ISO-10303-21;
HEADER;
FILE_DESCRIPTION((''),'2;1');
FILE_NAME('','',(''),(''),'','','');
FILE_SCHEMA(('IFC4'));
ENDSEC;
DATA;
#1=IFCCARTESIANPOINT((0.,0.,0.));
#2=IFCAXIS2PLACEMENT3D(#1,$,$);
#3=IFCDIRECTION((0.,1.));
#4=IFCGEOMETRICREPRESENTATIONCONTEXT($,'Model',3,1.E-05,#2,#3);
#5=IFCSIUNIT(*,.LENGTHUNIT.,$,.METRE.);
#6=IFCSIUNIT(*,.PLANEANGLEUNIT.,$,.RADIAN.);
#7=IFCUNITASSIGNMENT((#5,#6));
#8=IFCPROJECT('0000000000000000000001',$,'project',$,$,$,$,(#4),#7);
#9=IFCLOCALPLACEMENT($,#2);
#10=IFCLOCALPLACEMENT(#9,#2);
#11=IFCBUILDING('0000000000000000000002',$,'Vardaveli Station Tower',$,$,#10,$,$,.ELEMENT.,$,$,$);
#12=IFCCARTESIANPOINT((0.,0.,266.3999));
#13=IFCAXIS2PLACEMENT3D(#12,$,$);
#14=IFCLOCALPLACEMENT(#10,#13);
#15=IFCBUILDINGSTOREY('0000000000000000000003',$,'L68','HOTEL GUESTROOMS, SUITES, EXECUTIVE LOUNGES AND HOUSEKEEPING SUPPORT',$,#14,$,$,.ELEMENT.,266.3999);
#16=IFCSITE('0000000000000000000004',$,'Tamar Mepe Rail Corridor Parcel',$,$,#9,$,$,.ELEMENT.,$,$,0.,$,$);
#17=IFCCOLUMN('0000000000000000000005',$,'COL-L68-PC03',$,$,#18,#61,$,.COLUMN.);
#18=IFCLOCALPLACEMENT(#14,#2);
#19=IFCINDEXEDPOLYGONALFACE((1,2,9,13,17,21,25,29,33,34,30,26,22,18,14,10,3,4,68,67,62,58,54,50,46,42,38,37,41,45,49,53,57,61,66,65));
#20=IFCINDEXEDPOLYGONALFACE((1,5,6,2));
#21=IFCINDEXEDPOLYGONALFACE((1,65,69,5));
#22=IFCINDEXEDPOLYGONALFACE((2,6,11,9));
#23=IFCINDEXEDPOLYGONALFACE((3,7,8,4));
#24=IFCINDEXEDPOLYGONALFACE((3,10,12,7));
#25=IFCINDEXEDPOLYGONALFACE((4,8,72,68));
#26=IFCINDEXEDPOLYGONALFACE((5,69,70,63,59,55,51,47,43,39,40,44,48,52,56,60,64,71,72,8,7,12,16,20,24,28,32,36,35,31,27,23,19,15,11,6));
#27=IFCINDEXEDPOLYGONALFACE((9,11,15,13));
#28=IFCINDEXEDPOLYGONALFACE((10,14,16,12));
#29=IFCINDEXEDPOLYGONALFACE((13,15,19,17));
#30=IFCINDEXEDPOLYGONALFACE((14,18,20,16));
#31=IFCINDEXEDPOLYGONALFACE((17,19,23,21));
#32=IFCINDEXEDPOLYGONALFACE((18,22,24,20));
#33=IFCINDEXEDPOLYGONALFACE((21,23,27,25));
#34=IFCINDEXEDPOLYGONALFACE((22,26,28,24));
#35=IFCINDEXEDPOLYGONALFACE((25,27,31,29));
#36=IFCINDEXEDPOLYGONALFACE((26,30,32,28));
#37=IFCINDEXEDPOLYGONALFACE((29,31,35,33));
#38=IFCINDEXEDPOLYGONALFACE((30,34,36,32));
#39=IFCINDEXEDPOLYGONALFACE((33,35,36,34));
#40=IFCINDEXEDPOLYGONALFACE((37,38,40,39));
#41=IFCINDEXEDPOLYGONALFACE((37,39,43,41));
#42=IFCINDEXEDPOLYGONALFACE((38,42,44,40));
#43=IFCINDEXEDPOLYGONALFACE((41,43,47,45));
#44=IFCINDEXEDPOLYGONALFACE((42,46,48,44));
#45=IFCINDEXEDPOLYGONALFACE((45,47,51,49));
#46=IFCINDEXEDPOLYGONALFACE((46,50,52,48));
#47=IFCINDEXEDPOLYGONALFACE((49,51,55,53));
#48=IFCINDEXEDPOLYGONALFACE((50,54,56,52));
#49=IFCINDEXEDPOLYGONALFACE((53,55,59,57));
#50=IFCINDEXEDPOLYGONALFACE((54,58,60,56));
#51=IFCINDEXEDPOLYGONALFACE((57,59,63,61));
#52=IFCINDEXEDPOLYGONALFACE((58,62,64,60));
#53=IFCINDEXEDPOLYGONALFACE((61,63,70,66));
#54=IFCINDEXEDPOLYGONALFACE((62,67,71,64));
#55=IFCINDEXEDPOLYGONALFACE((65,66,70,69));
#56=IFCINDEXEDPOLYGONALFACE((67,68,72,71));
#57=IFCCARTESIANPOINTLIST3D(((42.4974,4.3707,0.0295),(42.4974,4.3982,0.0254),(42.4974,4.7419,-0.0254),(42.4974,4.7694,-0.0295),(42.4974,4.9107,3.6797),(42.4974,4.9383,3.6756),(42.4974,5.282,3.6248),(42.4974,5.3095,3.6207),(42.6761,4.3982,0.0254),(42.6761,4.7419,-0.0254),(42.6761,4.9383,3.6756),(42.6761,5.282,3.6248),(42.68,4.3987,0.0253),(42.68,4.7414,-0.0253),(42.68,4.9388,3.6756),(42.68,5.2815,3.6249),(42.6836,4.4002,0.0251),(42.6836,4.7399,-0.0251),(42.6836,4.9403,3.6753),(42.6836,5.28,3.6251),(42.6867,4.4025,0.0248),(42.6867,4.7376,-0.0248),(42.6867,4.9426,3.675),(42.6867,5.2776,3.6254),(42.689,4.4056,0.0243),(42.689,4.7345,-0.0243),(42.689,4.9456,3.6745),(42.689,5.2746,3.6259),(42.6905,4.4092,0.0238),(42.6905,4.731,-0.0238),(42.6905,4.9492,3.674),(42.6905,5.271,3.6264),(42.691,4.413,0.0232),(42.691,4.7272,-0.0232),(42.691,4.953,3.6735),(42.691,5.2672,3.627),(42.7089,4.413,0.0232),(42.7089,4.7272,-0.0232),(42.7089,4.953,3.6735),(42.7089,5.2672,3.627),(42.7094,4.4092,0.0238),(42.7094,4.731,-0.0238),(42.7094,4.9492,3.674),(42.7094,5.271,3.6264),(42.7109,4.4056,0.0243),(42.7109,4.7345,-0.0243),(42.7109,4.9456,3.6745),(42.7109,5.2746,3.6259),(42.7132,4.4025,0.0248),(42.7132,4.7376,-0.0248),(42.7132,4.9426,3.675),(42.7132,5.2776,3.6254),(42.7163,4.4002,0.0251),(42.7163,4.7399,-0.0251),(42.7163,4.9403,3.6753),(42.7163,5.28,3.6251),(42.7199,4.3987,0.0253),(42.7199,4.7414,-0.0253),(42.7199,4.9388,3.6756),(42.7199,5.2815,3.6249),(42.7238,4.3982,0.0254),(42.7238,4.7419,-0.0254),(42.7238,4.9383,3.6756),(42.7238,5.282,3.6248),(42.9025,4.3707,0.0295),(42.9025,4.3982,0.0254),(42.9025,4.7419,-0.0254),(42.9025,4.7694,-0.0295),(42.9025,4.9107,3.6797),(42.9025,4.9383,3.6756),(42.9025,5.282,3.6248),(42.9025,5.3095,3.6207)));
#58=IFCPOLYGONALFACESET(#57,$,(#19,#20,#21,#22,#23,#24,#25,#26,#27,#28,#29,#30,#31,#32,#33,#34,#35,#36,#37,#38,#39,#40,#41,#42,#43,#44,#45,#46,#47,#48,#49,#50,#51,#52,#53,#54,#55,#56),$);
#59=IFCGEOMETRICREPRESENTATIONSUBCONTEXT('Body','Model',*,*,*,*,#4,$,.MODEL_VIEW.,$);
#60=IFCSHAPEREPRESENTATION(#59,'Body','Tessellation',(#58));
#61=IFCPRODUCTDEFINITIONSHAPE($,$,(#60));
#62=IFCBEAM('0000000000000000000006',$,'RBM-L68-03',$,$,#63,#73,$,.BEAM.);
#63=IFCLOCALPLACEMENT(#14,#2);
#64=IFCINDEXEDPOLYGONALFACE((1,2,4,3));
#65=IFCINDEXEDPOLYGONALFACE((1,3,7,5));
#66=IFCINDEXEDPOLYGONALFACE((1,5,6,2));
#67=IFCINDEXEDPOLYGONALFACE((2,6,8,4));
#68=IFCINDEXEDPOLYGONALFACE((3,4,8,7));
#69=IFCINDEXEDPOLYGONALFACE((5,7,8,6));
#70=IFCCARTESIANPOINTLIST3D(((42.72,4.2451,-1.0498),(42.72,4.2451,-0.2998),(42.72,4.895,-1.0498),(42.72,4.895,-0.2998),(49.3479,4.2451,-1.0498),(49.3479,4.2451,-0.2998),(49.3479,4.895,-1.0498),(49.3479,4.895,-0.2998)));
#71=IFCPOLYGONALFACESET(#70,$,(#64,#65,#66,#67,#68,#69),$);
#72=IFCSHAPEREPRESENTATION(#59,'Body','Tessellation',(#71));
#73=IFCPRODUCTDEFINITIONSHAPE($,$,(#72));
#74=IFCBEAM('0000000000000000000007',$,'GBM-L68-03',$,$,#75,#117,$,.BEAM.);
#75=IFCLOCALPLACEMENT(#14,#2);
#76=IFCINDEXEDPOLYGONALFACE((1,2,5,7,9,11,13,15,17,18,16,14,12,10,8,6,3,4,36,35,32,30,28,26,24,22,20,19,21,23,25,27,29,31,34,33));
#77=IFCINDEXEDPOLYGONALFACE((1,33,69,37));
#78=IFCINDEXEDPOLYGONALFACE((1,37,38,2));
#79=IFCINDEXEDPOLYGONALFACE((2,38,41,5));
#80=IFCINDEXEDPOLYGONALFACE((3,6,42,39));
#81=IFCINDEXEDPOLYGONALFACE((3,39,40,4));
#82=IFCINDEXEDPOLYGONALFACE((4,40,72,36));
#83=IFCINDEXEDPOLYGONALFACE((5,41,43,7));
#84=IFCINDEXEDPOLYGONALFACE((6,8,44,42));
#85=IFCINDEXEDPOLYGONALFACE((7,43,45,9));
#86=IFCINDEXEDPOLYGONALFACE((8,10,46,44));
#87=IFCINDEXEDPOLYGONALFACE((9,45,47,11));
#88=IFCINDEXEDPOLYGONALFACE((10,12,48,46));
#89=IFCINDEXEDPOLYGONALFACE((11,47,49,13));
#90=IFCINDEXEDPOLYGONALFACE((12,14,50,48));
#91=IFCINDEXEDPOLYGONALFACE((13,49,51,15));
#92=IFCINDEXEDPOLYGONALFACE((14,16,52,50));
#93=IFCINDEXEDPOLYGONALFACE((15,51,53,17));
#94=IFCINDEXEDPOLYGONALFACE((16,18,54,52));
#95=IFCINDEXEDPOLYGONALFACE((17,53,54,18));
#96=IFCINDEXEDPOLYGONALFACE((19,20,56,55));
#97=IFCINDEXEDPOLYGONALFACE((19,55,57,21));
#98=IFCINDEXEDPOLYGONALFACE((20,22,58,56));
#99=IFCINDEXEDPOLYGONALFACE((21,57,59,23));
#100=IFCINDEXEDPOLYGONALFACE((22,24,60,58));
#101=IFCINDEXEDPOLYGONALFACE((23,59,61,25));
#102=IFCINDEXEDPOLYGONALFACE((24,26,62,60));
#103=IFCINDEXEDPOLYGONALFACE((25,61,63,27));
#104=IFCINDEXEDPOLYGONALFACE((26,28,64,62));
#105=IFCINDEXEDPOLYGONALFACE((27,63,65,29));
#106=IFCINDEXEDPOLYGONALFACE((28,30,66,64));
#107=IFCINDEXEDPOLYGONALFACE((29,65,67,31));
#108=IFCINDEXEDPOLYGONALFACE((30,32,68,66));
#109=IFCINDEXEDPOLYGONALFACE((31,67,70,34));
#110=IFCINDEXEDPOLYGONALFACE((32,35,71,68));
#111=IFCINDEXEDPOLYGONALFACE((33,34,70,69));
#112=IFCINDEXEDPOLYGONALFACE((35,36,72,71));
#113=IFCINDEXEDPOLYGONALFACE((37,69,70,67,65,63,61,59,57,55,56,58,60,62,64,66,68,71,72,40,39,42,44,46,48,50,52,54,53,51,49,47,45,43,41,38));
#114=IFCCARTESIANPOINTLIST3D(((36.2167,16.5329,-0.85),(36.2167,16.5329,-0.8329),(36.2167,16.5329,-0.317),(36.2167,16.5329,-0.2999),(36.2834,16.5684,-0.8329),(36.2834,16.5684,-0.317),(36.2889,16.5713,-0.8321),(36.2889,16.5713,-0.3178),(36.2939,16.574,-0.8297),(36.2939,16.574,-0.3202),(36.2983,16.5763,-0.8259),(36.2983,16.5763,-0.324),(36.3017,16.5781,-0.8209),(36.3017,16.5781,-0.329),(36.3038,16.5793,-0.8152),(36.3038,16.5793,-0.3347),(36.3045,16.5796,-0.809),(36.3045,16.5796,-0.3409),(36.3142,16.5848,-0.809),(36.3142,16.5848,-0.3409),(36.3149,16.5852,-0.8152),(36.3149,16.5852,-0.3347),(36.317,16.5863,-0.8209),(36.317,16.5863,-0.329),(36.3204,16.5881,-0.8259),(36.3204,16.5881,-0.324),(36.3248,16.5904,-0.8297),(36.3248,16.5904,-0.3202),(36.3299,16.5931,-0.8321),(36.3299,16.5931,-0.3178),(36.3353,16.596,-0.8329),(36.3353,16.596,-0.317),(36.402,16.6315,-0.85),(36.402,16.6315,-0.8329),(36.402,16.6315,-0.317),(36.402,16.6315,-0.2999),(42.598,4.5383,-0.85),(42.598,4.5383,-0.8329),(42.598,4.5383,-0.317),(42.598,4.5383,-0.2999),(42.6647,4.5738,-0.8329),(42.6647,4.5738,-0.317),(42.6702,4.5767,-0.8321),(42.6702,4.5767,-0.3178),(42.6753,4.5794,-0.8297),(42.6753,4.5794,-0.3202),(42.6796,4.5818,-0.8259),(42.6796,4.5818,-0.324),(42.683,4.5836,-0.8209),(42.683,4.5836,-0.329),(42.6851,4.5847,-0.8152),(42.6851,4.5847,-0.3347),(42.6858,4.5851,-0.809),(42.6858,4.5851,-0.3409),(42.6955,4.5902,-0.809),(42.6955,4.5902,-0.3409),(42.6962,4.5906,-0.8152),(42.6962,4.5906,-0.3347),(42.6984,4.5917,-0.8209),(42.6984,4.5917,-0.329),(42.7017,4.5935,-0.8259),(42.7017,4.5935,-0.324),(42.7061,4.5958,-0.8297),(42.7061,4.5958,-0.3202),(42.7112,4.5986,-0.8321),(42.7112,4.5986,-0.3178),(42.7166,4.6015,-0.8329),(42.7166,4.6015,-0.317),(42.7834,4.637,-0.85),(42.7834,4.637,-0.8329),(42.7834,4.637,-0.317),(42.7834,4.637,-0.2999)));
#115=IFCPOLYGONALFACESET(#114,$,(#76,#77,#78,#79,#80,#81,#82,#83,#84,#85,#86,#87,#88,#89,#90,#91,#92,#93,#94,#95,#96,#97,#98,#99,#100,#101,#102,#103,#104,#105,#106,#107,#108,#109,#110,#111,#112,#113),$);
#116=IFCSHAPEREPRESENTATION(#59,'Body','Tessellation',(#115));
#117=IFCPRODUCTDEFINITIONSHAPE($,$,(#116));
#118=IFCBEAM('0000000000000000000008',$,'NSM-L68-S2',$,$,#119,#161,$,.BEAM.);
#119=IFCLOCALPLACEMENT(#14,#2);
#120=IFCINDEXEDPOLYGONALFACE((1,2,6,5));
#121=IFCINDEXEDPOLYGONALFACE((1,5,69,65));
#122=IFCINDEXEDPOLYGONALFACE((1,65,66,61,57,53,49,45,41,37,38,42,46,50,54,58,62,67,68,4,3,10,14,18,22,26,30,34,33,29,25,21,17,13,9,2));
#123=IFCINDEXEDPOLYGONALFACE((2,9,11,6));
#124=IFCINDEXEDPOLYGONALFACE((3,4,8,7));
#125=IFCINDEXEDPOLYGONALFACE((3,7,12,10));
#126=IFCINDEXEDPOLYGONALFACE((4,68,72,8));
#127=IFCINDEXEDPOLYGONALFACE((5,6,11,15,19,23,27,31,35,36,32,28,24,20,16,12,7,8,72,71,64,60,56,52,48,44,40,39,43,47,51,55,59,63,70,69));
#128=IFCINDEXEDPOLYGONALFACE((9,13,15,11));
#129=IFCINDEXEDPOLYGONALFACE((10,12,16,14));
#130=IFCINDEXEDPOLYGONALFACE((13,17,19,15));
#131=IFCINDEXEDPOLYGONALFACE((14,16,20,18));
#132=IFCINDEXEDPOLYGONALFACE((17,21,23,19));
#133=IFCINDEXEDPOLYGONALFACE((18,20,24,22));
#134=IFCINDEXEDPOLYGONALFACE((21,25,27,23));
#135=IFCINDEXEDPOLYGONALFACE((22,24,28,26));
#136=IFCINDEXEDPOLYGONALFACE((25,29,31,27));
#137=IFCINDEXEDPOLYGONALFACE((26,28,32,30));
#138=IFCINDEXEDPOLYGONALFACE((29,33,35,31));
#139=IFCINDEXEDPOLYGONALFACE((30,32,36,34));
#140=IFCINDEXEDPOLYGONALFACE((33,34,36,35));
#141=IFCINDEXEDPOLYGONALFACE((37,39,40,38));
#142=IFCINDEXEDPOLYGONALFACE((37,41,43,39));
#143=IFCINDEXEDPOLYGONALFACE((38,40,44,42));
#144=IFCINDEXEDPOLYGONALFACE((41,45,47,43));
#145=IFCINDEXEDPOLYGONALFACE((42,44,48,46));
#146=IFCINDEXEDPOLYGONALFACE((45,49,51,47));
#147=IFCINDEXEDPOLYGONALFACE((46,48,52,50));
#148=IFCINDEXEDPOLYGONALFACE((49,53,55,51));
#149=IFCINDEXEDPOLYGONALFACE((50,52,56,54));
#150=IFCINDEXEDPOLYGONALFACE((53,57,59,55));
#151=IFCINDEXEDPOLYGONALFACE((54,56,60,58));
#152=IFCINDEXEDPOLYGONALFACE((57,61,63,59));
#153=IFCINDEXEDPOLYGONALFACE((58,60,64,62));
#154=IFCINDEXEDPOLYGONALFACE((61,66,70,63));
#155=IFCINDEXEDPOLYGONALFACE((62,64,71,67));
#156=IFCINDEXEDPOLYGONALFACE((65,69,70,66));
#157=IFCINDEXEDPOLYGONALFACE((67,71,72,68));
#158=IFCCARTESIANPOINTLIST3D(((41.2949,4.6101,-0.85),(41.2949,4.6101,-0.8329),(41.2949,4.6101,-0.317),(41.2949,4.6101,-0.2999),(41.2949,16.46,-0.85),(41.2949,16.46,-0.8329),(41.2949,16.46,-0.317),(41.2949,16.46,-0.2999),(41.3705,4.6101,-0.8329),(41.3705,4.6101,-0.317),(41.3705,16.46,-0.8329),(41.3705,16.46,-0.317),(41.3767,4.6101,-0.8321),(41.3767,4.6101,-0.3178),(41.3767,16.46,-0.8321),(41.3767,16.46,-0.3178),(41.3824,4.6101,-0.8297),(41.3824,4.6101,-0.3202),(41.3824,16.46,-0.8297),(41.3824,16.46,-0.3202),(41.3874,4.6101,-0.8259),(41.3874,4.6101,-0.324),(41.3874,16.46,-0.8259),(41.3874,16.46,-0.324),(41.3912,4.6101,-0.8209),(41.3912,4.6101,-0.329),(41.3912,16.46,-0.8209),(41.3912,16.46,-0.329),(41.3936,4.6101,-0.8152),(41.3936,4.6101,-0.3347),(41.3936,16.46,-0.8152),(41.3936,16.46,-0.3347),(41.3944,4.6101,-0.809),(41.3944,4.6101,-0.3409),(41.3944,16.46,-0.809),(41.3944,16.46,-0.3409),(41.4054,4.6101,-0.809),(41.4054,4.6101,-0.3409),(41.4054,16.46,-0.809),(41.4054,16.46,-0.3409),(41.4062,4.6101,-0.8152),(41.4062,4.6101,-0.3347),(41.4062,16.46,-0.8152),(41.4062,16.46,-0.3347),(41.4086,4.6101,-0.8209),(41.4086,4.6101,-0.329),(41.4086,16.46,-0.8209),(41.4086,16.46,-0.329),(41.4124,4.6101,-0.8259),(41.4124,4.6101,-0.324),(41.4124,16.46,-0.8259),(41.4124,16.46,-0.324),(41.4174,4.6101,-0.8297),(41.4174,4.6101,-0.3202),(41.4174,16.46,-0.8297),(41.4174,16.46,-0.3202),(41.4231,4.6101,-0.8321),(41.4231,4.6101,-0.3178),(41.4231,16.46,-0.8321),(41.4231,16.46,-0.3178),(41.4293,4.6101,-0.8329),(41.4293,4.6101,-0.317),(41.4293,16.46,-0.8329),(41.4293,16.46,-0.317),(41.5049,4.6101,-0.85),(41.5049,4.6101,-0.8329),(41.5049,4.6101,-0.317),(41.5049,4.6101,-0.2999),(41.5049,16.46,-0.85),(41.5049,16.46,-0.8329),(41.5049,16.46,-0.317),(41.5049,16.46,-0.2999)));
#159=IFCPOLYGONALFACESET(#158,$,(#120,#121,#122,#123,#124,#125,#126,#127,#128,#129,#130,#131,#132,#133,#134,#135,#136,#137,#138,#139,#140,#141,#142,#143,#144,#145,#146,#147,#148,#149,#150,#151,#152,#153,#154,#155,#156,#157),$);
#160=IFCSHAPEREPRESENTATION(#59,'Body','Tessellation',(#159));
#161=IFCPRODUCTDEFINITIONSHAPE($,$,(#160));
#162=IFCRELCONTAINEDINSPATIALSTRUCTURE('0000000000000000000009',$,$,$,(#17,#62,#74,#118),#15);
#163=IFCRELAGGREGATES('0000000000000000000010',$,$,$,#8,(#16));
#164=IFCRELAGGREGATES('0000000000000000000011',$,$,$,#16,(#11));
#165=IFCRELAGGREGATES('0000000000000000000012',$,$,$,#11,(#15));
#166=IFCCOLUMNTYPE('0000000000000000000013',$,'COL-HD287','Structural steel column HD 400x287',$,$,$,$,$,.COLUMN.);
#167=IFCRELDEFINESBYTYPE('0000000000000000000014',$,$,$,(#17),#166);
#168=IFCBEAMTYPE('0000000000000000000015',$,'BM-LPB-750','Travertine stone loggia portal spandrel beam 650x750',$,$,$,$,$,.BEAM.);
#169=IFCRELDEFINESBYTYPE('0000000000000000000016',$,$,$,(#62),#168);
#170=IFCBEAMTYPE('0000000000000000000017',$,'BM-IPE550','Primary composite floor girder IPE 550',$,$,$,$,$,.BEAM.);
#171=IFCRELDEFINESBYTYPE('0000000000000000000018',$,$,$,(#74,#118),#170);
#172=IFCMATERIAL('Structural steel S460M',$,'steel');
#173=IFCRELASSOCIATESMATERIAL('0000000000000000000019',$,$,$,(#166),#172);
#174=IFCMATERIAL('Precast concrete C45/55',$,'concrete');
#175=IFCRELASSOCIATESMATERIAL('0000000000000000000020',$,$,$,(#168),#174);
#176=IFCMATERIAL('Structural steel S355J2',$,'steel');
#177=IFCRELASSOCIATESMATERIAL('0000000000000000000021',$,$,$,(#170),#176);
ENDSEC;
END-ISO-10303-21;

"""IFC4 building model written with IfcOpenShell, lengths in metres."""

from ifc_helpers import new_model, si_unit, direction, frame, origin, origin_2d, place, context, subcontext, project, spatial, rectangle, i_section, extrude, source, transform, mapped, material, material_profile, profile_set, type_object, element, save


model = new_model("IFC4")

# Units and contexts
model_context = context("Model", 3, precision=1e-05, world=origin(), true_north=direction((0.0, 1.0)))
body_context = subcontext(model_context, "Body", "Model", "MODEL_VIEW")
ifc_project = project(units=[si_unit("LENGTHUNIT", "METRE"), si_unit("PLANEANGLEUNIT", "RADIAN")], contexts=[model_context])

# Site, building, storey
site_placement = place(None, origin())
site = spatial("IfcSite", under=ifc_project, at=site_placement, Name="Tamar Mepe Rail Corridor Parcel", CompositionType="ELEMENT", RefElevation=0.0)
building_placement = place(site_placement, origin())
building = spatial("IfcBuilding", under=site, at=building_placement, Name="Vardaveli Station Tower", CompositionType="ELEMENT")
storey_placement = place(building_placement, frame((0.0, 0.0, 266.3999)))
storey = spatial("IfcBuildingStorey", under=building, at=storey_placement, Name="L68", Description="HOTEL GUESTROOMS, SUITES, EXECUTIVE LOUNGES AND HOUSEKEEPING SUPPORT", CompositionType="ELEMENT", Elevation=266.3999)

# Column
ifc_material_1 = material(Name="Structural steel S460M", Category="steel")
ifc_material_profile_1 = material_profile(ifc_material_1, i_section(OverallWidth=0.405, OverallDepth=0.4031, WebThickness=0.0178, FlangeThickness=0.0278, FilletRadius=0.0149, at=origin_2d()), Name="HD 400x287")
ifc_profile_set_1 = profile_set([ifc_material_profile_1], Name="Structural steel S460M")
column_type = type_object("IfcColumnType", Name="COL-HD287", Description="Structural steel column HD 400x287", PredefinedType="COLUMN", material=ifc_profile_set_1)
shared_shape_1 = source(origin(), body_context, "Body", "SweptSolid", [
    extrude(i_section(OverallWidth=0.405, OverallDepth=0.4031, WebThickness=0.0178, FlangeThickness=0.0278, FilletRadius=0.0149, at=origin_2d()), origin(), (0.0, 0.0, 1.0), 3.6899),
])
column_placement = place(storey_placement, frame((42.7, 4.5701, 0.0), z_axis=(0.0, 0.146357, 0.989232), x_axis=(-1.0, 0.0, 0.0)))
element("IfcColumn", 1, at=column_placement, inside=storey, type_object=column_type, Name="COL-L68-PC03", PredefinedType="COLUMN", context=body_context, shape_type="MappedRepresentation", body=[
    mapped(shared_shape_1, transform((0.0, 0.0, 0.0), scale=1.0)),
])

# Beams
ifc_material_2 = material(Name="Precast concrete C45/55", Category="concrete")
ifc_material_profile_2 = material_profile(ifc_material_2, rectangle(XDim=0.6499, YDim=0.75, at=origin_2d()), Name="LPB 650x750")
ifc_profile_set_2 = profile_set([ifc_material_profile_2], Name="Precast concrete C45/55")
beam_type_1 = type_object("IfcBeamType", Name="BM-LPB-750", Description="Travertine stone loggia portal spandrel beam 650x750", PredefinedType="BEAM", material=ifc_profile_set_2)
shared_shape_2 = source(origin(), body_context, "Body", "SweptSolid", [
    extrude(rectangle(XDim=0.6499, YDim=0.75, at=origin_2d()), origin(), (0.0, 0.0, 1.0), 6.6279),
])
beam_1_placement = place(storey_placement, frame((42.72, 4.5701, -0.6748), z_axis=(1.0, 0.0, 0.0), x_axis=(0.0, 1.0, 0.0)))
element("IfcBeam", 2, at=beam_1_placement, inside=storey, type_object=beam_type_1, Name="RBM-L68-03", PredefinedType="BEAM", context=body_context, shape_type="MappedRepresentation", body=[
    mapped(shared_shape_2, transform((0.0, 0.0, 0.0), scale=1.0)),
])
ifc_material_3 = material(Name="Structural steel S355J2", Category="steel")
ifc_material_profile_3 = material_profile(ifc_material_3, i_section(OverallWidth=0.21, OverallDepth=0.55, WebThickness=0.011, FlangeThickness=0.0171, FilletRadius=0.0239, at=origin_2d()), Name="IPE 550")
ifc_profile_set_3 = profile_set([ifc_material_profile_3], Name="Structural steel S355J2")
beam_type_2 = type_object("IfcBeamType", Name="BM-IPE550", Description="Primary composite floor girder IPE 550", PredefinedType="BEAM", material=ifc_profile_set_3)
shared_shape_3 = source(origin(), body_context, "Body", "SweptSolid", [
    extrude(i_section(OverallWidth=0.21, OverallDepth=0.55, WebThickness=0.011, FlangeThickness=0.0171, FilletRadius=0.0239, at=origin_2d()), origin(), (0.0, 0.0, 1.0), 13.5864),
])
beam_2_placement = place(storey_placement, frame((42.6907, 4.5876, -0.575), z_axis=(-0.469683, 0.882835, 0.0), x_axis=(-0.882835, -0.469683, 0.0)))
element("IfcBeam", 3, at=beam_2_placement, inside=storey, type_object=beam_type_2, Name="GBM-L68-03", PredefinedType="BEAM", context=body_context, shape_type="MappedRepresentation", body=[
    mapped(shared_shape_3, transform((0.0, 0.0, 0.0), scale=1.0)),
])
shared_shape_4 = source(origin(), body_context, "Body", "SweptSolid", [
    extrude(i_section(OverallWidth=0.21, OverallDepth=0.55, WebThickness=0.011, FlangeThickness=0.0171, FilletRadius=0.0239, at=origin_2d()), origin(), (0.0, 0.0, 1.0), 11.8499),
])
beam_3_placement = place(storey_placement, frame((41.3999, 4.6101, -0.575), z_axis=(0.0, 1.0, 0.0), x_axis=(-1.0, 0.0, 0.0)))
element("IfcBeam", 4, at=beam_3_placement, inside=storey, type_object=beam_type_2, Name="NSM-L68-S2", PredefinedType="BEAM", context=body_context, shape_type="MappedRepresentation", body=[
    mapped(shared_shape_4, transform((0.0, 0.0, 0.0), scale=1.0)),
])

save(model, "model.ifc")
